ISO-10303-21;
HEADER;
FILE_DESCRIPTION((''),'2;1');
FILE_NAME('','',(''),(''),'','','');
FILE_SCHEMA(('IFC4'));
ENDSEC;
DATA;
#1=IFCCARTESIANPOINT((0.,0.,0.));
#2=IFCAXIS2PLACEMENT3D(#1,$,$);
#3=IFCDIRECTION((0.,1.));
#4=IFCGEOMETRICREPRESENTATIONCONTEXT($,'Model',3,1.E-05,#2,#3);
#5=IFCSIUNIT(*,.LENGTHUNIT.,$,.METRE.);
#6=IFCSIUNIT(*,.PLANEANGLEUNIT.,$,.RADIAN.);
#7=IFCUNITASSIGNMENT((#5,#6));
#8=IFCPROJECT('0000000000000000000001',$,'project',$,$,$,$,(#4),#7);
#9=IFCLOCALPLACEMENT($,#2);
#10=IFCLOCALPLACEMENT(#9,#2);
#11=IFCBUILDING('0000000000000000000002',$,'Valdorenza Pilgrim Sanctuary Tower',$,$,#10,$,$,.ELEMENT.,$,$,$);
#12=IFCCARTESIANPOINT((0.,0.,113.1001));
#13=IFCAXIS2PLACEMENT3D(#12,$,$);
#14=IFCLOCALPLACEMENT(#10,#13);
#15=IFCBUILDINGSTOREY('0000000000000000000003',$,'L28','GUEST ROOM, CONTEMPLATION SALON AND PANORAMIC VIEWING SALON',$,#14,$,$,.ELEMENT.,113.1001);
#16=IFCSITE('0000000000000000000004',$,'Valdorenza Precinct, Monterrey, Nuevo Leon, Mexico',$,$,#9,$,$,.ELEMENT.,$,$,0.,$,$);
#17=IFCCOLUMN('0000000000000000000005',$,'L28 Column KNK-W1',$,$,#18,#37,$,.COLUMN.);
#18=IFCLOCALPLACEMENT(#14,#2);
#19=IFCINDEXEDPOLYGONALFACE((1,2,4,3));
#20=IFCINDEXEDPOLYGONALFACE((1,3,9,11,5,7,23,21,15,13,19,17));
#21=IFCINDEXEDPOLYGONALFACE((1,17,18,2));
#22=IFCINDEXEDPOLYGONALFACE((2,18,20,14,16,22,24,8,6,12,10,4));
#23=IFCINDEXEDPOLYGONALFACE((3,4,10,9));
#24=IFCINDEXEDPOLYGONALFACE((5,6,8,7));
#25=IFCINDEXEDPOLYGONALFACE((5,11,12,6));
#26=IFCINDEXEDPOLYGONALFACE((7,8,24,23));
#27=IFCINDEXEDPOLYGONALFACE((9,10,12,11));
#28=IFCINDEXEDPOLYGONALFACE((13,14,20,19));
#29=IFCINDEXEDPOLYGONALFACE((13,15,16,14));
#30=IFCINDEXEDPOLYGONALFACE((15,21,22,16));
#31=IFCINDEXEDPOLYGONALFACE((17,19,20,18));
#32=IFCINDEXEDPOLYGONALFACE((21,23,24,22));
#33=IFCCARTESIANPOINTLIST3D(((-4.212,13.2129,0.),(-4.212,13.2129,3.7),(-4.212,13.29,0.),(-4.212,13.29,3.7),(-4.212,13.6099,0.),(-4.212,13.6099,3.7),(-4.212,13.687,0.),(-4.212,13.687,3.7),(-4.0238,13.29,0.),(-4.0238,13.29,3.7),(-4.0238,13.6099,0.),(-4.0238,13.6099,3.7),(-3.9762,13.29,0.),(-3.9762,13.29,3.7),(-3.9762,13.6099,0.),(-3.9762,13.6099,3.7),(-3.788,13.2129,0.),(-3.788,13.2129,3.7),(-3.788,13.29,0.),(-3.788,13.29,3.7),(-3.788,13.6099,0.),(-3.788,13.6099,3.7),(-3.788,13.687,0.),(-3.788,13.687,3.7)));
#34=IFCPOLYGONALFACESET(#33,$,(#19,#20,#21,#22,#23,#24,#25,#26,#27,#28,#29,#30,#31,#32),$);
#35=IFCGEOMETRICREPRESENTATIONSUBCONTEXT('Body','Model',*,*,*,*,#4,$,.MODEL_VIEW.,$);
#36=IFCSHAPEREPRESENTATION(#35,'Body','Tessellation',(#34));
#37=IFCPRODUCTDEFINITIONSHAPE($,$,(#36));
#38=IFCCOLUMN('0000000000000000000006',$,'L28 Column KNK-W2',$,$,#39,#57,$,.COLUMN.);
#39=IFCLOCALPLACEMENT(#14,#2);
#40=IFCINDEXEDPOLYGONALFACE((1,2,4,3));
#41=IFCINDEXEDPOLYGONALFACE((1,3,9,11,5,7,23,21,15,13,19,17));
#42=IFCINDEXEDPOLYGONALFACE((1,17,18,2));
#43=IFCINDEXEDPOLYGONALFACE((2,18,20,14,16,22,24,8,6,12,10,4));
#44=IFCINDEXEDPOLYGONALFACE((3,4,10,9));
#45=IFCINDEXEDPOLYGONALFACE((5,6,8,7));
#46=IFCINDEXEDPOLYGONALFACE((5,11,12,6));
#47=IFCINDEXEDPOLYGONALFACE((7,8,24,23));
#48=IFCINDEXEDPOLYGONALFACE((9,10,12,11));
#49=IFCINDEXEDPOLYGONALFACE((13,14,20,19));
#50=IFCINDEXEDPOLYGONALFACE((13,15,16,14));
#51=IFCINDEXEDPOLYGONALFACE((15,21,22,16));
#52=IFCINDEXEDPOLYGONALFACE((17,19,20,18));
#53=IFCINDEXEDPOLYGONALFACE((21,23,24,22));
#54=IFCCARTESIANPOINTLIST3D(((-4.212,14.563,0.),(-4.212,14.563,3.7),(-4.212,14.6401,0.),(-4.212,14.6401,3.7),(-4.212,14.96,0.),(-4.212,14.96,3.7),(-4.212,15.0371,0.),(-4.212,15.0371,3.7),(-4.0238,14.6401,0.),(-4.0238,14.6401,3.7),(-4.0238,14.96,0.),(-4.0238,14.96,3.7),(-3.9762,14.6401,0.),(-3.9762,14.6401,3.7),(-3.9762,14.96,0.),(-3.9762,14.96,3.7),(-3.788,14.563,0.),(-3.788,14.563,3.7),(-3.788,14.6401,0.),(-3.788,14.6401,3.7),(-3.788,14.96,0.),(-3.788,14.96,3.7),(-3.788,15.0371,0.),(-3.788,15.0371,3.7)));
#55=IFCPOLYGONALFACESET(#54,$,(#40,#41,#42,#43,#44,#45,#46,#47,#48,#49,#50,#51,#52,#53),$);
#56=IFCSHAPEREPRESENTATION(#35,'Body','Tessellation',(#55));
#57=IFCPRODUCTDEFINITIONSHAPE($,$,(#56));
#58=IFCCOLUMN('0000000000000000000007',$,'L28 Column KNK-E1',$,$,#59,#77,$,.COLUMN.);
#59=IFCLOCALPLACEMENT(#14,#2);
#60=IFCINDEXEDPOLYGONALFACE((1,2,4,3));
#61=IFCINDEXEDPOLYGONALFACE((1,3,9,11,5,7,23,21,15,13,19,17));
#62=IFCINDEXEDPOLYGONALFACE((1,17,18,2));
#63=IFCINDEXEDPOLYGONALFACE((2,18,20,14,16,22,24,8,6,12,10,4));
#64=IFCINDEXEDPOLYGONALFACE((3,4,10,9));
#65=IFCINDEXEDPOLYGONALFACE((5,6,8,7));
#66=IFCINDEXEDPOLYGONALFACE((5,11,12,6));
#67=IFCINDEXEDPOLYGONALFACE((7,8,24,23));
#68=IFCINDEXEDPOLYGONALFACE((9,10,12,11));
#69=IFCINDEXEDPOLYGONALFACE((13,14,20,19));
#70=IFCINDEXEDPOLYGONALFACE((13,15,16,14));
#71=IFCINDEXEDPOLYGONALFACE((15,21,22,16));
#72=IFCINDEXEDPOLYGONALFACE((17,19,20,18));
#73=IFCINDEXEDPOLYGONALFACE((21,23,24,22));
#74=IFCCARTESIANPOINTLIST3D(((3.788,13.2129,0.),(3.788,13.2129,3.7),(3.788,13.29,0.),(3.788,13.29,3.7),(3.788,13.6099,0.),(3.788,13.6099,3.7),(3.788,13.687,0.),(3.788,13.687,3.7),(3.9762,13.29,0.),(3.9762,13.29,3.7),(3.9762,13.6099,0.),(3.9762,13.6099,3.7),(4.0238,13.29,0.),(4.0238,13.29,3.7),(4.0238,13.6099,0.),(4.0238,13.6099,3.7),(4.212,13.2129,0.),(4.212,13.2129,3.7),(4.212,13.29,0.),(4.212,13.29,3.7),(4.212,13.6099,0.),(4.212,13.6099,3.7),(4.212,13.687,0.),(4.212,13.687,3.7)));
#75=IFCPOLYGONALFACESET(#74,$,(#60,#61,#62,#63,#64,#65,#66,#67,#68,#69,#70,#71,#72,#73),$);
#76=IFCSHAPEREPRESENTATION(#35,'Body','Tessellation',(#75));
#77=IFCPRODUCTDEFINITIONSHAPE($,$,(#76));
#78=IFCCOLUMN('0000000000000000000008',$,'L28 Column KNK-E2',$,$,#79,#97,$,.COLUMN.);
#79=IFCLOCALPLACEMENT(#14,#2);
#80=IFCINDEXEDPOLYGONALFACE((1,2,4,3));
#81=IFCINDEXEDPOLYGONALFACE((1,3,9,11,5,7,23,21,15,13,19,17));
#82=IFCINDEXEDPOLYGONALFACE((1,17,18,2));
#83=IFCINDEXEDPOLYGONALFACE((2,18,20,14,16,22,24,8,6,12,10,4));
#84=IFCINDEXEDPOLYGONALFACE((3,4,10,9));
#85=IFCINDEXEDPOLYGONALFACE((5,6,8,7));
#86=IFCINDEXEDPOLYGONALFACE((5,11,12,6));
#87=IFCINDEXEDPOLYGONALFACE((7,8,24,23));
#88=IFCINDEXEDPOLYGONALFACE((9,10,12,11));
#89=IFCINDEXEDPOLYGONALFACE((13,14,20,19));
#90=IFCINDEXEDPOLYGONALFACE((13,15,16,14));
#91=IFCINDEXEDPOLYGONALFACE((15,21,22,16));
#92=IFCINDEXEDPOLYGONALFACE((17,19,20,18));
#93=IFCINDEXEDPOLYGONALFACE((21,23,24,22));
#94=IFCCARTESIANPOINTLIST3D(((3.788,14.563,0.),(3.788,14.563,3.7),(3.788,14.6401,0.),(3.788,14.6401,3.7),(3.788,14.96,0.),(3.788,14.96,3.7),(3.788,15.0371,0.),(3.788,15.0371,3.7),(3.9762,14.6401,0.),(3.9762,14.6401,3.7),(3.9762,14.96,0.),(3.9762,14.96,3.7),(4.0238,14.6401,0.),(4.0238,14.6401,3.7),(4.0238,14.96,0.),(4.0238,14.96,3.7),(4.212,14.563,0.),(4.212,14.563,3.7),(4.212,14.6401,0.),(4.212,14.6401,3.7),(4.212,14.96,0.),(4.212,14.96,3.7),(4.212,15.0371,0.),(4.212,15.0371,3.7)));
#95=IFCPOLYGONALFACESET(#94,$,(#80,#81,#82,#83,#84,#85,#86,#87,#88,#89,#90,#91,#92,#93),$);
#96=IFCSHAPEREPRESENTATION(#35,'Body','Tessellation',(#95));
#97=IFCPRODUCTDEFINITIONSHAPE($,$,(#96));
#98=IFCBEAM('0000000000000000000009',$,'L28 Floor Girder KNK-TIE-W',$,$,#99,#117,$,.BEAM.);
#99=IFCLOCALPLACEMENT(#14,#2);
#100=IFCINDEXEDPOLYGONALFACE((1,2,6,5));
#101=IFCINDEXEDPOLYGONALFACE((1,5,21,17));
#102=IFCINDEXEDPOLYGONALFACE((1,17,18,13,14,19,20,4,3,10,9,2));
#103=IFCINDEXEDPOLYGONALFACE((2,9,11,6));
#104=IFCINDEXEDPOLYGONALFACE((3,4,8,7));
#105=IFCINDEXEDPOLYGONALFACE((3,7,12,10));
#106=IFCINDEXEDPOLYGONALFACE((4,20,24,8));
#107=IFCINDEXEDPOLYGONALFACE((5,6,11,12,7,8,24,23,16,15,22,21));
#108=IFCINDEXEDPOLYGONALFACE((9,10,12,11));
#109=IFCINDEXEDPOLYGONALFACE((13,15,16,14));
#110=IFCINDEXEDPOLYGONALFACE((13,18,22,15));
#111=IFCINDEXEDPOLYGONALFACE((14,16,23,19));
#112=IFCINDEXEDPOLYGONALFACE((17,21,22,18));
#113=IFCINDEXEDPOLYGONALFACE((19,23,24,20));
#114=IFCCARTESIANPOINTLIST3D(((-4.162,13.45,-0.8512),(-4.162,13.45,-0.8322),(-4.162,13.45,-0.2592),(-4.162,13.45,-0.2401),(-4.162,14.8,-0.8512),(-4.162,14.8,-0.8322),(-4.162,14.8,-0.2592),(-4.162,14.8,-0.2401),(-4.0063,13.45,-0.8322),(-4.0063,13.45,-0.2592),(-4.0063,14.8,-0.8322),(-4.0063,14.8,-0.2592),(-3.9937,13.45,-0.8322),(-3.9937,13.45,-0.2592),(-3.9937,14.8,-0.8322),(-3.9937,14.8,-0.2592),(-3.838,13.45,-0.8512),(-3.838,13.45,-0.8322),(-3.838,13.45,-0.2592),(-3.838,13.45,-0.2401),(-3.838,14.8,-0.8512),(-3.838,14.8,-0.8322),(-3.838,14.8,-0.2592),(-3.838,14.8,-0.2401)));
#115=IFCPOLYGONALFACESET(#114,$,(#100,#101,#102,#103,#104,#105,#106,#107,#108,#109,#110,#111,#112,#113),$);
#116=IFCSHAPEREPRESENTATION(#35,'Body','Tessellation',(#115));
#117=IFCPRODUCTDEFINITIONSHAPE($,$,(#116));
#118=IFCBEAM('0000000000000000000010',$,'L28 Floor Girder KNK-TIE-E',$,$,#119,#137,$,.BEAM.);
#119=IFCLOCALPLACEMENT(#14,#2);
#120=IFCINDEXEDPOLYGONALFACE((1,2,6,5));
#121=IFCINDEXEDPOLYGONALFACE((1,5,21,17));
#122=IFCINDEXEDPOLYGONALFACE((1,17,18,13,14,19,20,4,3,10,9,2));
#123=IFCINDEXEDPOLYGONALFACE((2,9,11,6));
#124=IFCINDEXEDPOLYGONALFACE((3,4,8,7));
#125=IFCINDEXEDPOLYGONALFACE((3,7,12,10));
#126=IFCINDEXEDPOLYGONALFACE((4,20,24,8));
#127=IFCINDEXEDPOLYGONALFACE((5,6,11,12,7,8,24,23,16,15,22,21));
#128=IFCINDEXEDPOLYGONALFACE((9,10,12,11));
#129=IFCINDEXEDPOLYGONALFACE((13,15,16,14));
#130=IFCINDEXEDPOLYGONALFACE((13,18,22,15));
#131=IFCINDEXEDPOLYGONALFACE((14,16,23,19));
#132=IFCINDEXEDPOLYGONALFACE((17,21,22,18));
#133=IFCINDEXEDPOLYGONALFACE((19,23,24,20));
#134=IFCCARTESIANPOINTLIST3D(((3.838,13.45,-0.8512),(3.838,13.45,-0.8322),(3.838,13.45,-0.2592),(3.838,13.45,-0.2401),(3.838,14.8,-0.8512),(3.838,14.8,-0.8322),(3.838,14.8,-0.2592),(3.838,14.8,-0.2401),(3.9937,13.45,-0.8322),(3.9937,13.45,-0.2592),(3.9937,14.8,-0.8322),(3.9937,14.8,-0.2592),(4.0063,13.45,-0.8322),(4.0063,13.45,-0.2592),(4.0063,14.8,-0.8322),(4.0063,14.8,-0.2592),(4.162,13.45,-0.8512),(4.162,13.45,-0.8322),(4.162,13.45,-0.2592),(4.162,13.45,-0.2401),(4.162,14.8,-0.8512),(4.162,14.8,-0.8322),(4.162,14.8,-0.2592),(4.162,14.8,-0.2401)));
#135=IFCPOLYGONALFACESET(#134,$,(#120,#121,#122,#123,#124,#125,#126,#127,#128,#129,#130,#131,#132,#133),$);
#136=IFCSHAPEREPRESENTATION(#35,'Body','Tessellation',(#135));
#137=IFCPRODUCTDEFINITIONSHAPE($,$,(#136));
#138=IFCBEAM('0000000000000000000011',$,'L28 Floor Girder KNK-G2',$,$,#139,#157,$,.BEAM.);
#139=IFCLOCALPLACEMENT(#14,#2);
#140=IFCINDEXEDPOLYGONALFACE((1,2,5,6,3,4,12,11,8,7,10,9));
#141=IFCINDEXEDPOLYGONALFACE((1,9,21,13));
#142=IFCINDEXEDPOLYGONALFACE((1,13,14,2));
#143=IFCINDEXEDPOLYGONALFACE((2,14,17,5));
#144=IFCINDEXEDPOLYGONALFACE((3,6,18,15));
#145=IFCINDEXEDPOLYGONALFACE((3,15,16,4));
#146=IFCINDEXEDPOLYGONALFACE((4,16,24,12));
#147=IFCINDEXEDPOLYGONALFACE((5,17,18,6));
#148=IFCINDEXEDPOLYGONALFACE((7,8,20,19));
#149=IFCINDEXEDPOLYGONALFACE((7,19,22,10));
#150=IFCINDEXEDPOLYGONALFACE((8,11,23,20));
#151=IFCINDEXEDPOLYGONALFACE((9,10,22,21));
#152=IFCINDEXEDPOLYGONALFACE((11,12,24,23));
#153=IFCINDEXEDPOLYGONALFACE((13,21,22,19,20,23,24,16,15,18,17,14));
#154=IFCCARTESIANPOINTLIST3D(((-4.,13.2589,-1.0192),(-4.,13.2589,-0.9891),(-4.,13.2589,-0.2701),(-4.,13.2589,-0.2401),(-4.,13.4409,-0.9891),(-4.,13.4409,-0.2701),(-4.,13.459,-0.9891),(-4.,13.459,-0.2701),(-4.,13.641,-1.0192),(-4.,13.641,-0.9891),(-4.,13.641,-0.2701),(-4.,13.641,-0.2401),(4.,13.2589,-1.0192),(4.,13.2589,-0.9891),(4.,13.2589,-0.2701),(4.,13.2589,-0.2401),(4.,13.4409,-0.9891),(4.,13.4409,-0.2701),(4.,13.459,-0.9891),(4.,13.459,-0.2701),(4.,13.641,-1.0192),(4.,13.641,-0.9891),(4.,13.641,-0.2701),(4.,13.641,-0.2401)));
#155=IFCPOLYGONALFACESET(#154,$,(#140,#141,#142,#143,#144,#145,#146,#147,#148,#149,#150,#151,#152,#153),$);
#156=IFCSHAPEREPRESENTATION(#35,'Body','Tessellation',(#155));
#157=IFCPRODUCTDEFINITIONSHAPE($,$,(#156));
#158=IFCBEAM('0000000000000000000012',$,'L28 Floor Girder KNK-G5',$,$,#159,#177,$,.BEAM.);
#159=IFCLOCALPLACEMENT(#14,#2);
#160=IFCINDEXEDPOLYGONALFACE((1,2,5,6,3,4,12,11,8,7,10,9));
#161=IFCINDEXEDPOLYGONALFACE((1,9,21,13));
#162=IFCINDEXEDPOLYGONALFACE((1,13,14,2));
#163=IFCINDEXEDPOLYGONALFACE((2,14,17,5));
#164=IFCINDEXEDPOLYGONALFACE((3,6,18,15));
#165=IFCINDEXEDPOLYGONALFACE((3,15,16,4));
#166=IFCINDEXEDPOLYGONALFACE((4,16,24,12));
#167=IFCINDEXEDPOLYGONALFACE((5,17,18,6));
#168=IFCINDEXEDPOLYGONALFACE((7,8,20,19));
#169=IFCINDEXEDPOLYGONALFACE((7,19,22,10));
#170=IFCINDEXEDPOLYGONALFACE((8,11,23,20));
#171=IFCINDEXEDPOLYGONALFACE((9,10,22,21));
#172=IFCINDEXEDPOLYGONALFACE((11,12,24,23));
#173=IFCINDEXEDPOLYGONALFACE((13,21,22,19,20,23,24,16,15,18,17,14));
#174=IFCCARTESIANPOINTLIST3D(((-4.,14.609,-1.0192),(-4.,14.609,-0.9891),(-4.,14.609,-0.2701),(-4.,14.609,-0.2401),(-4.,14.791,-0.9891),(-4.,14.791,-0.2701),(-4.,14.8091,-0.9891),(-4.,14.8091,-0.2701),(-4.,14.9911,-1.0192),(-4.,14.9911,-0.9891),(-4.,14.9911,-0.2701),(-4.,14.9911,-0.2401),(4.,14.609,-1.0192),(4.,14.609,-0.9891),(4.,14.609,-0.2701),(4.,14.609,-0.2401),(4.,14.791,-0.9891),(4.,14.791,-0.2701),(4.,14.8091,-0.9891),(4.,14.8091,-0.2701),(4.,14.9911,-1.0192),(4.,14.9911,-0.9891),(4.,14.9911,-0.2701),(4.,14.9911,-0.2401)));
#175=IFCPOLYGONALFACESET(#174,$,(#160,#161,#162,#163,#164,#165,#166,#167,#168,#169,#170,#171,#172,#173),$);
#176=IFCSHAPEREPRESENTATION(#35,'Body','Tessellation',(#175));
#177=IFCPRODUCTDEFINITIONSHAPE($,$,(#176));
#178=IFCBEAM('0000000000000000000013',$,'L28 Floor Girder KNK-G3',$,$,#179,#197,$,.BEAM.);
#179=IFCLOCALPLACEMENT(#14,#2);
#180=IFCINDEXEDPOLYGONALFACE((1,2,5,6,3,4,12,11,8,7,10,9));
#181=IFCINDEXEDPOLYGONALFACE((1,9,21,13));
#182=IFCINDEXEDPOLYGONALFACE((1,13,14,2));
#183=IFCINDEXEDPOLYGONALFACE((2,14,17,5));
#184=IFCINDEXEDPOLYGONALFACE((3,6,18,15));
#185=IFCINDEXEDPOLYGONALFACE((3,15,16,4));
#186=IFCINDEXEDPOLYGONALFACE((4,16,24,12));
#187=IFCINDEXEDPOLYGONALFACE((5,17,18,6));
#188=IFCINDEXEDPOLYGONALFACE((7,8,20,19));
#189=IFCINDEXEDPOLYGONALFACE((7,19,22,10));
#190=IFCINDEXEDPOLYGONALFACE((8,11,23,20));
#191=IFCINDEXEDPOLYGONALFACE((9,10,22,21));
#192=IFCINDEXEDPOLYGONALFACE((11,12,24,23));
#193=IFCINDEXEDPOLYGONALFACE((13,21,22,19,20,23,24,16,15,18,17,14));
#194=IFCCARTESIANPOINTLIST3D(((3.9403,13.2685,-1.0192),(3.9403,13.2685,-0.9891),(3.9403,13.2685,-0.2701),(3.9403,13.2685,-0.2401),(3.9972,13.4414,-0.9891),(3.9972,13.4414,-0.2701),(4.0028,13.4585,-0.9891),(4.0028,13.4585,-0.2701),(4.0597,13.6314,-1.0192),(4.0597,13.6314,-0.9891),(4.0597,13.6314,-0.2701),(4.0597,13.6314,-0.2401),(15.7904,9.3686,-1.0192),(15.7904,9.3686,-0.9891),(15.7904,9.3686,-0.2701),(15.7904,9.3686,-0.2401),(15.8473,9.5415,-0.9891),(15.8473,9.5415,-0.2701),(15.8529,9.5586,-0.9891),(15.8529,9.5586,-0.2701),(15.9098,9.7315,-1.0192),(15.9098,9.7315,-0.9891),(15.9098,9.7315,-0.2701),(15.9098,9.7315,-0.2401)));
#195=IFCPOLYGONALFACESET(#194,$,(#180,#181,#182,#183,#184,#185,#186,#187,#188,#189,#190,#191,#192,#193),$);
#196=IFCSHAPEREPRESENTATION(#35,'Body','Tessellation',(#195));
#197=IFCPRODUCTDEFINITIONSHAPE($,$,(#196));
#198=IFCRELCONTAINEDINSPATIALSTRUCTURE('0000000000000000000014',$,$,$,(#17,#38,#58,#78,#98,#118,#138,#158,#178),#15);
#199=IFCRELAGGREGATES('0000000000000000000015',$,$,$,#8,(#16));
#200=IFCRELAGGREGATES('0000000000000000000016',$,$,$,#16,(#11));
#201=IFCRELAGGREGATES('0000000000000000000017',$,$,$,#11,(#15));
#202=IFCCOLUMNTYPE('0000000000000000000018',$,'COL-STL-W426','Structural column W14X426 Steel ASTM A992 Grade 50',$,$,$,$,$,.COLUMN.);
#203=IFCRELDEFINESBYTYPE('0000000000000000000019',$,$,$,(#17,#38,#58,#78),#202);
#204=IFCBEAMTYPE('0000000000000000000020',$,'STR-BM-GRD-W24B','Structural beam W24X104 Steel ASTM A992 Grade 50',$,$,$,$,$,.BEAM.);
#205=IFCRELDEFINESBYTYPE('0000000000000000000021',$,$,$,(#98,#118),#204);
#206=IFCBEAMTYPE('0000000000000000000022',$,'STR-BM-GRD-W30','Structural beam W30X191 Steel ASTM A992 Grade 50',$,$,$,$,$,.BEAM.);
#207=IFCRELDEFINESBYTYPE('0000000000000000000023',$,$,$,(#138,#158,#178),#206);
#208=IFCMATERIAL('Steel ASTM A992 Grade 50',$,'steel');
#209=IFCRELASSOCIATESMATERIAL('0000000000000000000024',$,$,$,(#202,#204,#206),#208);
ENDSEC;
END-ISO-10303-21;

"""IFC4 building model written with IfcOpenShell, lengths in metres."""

from ifc_helpers import new_model, si_unit, direction, frame, origin, origin_2d, place, context, subcontext, project, spatial, i_section, extrude, source, transform, mapped, material, material_profile, profile_set, type_object, element, save


model = new_model("IFC4")

# Units and contexts
model_context = context("Model", 3, precision=1e-05, world=origin(), true_north=direction((0.0, 1.0)))
body_context = subcontext(model_context, "Body", "Model", "MODEL_VIEW")
ifc_project = project(units=[si_unit("LENGTHUNIT", "METRE"), si_unit("PLANEANGLEUNIT", "RADIAN")], contexts=[model_context])

# Site, building, storey
site_placement = place(None, origin())
site = spatial("IfcSite", under=ifc_project, at=site_placement, Name="Valdorenza Precinct, Monterrey, Nuevo Leon, Mexico", CompositionType="ELEMENT", RefElevation=0.0)
building_placement = place(site_placement, origin())
building = spatial("IfcBuilding", under=site, at=building_placement, Name="Valdorenza Pilgrim Sanctuary Tower", CompositionType="ELEMENT")
storey_placement = place(building_placement, frame((0.0, 0.0, 113.1001)))
storey = spatial("IfcBuildingStorey", under=building, at=storey_placement, Name="L28", Description="GUEST ROOM, CONTEMPLATION SALON AND PANORAMIC VIEWING SALON", CompositionType="ELEMENT", Elevation=113.1001)

# Columns
ifc_material_1 = material(Name="Steel ASTM A992 Grade 50", Category="steel")
ifc_material_profile_1 = material_profile(ifc_material_1, i_section(OverallWidth=0.4241, OverallDepth=0.4741, WebThickness=0.0476, FlangeThickness=0.0771, at=origin_2d()), Name="W14X426")
ifc_profile_set_1 = profile_set([ifc_material_profile_1], Name="Steel ASTM A992 Grade 50")
column_type = type_object("IfcColumnType", Name="COL-STL-W426", Description="Structural column W14X426 Steel ASTM A992 Grade 50", PredefinedType="COLUMN", material=ifc_profile_set_1)
shared_shape_1 = source(origin(), body_context, "Body", "SweptSolid", [
    extrude(i_section(OverallWidth=0.4241, OverallDepth=0.4741, WebThickness=0.0476, FlangeThickness=0.0771, at=origin_2d()), origin(), (0.0, 0.0, 1.0), 3.7),
])
for number, where, z_axis, x_axis, name in (
    (1, (-4.0, 13.45, 0.0), (0.0, 0.0, 1.0), (1.0, 0.0, 0.0), "L28 Column KNK-W1"),
    (2, (-4.0, 14.8, 0.0), (0.0, 0.0, 1.0), (1.0, 0.0, 0.0), "L28 Column KNK-W2"),
    (3, (4.0, 13.45, 0.0), (0.0, 0.0, 1.0), (1.0, 0.0, 0.0), "L28 Column KNK-E1"),
    (4, (4.0, 14.8, 0.0), (0.0, 0.0, 1.0), (1.0, 0.0, 0.0), "L28 Column KNK-E2"),
):
    element("IfcColumn", number, at=place(storey_placement, frame(where, z_axis=z_axis, x_axis=x_axis)), inside=storey, type_object=column_type, Name=name, PredefinedType="COLUMN", context=body_context, shape_type="MappedRepresentation", body=[
        mapped(shared_shape_1, transform((0.0, 0.0, 0.0), x_axis=(1.0, 0.0, 0.0), y_axis=(0.0, 1.0, 0.0), z_axis=(0.0, 0.0, 1.0), scale=1.0)),
    ])

# Beams
ifc_material_profile_2 = material_profile(ifc_material_1, i_section(OverallWidth=0.324, OverallDepth=0.6111, WebThickness=0.0127, FlangeThickness=0.019, at=origin_2d()), Name="W24X104")
ifc_profile_set_2 = profile_set([ifc_material_profile_2], Name="Steel ASTM A992 Grade 50")
beam_type_1 = type_object("IfcBeamType", Name="STR-BM-GRD-W24B", Description="Structural beam W24X104 Steel ASTM A992 Grade 50", PredefinedType="BEAM", material=ifc_profile_set_2)
shared_shape_2 = source(origin(), body_context, "Body", "SweptSolid", [
    extrude(i_section(OverallWidth=0.324, OverallDepth=0.6111, WebThickness=0.0127, FlangeThickness=0.019, at=origin_2d()), origin(), (0.0, 0.0, 1.0), 1.3501),
])
for number, where, z_axis, x_axis, name in (
    (5, (-4.0, 13.45, -0.5457), (0.0, 1.0, 0.0), (-1.0, 0.0, 0.0), "L28 Floor Girder KNK-TIE-W"),
    (6, (4.0, 13.45, -0.5457), (0.0, 1.0, 0.0), (-1.0, 0.0, 0.0), "L28 Floor Girder KNK-TIE-E"),
):
    element("IfcBeam", number, at=place(storey_placement, frame(where, z_axis=z_axis, x_axis=x_axis)), inside=storey, type_object=beam_type_1, Name=name, PredefinedType="BEAM", context=body_context, shape_type="MappedRepresentation", body=[
        mapped(shared_shape_2, transform((0.0, 0.0, 0.0), x_axis=(1.0, 0.0, 0.0), y_axis=(0.0, 1.0, 0.0), z_axis=(0.0, 0.0, 1.0), scale=1.0)),
    ])
ifc_material_profile_3 = material_profile(ifc_material_1, i_section(OverallWidth=0.3821, OverallDepth=0.7791, WebThickness=0.0181, FlangeThickness=0.03, at=origin_2d()), Name="W30X191")
ifc_profile_set_3 = profile_set([ifc_material_profile_3], Name="Steel ASTM A992 Grade 50")
beam_type_2 = type_object("IfcBeamType", Name="STR-BM-GRD-W30", Description="Structural beam W30X191 Steel ASTM A992 Grade 50", PredefinedType="BEAM", material=ifc_profile_set_3)
shared_shape_3 = source(origin(), body_context, "Body", "SweptSolid", [
    extrude(i_section(OverallWidth=0.3821, OverallDepth=0.7791, WebThickness=0.0181, FlangeThickness=0.03, at=origin_2d()), origin(), (0.0, 0.0, 1.0), 8.0),
])
for number, where, z_axis, x_axis, name in (
    (7, (-4.0, 13.45, -0.6296), (1.0, 0.0, 0.0), (0.0, 1.0, 0.0), "L28 Floor Girder KNK-G2"),
    (8, (-4.0, 14.8, -0.6296), (1.0, 0.0, 0.0), (0.0, 1.0, 0.0), "L28 Floor Girder KNK-G5"),
):
    element("IfcBeam", number, at=place(storey_placement, frame(where, z_axis=z_axis, x_axis=x_axis)), inside=storey, type_object=beam_type_2, Name=name, PredefinedType="BEAM", context=body_context, shape_type="MappedRepresentation", body=[
        mapped(shared_shape_3, transform((0.0, 0.0, 0.0), x_axis=(1.0, 0.0, 0.0), y_axis=(0.0, 1.0, 0.0), z_axis=(0.0, 0.0, 1.0), scale=1.0)),
    ])
shared_shape_4 = source(origin(), body_context, "Body", "SweptSolid", [
    extrude(i_section(OverallWidth=0.3821, OverallDepth=0.7791, WebThickness=0.0181, FlangeThickness=0.03, at=origin_2d()), origin(), (0.0, 0.0, 1.0), 12.4753),
])
beam_1_placement = place(storey_placement, frame((4.0, 13.45, -0.6296), z_axis=(0.949882, -0.312609, 0.0), x_axis=(0.312609, 0.949882, 0.0)))
element("IfcBeam", 9, at=beam_1_placement, inside=storey, type_object=beam_type_2, Name="L28 Floor Girder KNK-G3", PredefinedType="BEAM", context=body_context, shape_type="MappedRepresentation", body=[
    mapped(shared_shape_4, transform((0.0, 0.0, 0.0), x_axis=(1.0, 0.0, 0.0), y_axis=(0.0, 1.0, 0.0), z_axis=(0.0, 0.0, 1.0), scale=1.0)),
])

save(model, "model.ifc")
